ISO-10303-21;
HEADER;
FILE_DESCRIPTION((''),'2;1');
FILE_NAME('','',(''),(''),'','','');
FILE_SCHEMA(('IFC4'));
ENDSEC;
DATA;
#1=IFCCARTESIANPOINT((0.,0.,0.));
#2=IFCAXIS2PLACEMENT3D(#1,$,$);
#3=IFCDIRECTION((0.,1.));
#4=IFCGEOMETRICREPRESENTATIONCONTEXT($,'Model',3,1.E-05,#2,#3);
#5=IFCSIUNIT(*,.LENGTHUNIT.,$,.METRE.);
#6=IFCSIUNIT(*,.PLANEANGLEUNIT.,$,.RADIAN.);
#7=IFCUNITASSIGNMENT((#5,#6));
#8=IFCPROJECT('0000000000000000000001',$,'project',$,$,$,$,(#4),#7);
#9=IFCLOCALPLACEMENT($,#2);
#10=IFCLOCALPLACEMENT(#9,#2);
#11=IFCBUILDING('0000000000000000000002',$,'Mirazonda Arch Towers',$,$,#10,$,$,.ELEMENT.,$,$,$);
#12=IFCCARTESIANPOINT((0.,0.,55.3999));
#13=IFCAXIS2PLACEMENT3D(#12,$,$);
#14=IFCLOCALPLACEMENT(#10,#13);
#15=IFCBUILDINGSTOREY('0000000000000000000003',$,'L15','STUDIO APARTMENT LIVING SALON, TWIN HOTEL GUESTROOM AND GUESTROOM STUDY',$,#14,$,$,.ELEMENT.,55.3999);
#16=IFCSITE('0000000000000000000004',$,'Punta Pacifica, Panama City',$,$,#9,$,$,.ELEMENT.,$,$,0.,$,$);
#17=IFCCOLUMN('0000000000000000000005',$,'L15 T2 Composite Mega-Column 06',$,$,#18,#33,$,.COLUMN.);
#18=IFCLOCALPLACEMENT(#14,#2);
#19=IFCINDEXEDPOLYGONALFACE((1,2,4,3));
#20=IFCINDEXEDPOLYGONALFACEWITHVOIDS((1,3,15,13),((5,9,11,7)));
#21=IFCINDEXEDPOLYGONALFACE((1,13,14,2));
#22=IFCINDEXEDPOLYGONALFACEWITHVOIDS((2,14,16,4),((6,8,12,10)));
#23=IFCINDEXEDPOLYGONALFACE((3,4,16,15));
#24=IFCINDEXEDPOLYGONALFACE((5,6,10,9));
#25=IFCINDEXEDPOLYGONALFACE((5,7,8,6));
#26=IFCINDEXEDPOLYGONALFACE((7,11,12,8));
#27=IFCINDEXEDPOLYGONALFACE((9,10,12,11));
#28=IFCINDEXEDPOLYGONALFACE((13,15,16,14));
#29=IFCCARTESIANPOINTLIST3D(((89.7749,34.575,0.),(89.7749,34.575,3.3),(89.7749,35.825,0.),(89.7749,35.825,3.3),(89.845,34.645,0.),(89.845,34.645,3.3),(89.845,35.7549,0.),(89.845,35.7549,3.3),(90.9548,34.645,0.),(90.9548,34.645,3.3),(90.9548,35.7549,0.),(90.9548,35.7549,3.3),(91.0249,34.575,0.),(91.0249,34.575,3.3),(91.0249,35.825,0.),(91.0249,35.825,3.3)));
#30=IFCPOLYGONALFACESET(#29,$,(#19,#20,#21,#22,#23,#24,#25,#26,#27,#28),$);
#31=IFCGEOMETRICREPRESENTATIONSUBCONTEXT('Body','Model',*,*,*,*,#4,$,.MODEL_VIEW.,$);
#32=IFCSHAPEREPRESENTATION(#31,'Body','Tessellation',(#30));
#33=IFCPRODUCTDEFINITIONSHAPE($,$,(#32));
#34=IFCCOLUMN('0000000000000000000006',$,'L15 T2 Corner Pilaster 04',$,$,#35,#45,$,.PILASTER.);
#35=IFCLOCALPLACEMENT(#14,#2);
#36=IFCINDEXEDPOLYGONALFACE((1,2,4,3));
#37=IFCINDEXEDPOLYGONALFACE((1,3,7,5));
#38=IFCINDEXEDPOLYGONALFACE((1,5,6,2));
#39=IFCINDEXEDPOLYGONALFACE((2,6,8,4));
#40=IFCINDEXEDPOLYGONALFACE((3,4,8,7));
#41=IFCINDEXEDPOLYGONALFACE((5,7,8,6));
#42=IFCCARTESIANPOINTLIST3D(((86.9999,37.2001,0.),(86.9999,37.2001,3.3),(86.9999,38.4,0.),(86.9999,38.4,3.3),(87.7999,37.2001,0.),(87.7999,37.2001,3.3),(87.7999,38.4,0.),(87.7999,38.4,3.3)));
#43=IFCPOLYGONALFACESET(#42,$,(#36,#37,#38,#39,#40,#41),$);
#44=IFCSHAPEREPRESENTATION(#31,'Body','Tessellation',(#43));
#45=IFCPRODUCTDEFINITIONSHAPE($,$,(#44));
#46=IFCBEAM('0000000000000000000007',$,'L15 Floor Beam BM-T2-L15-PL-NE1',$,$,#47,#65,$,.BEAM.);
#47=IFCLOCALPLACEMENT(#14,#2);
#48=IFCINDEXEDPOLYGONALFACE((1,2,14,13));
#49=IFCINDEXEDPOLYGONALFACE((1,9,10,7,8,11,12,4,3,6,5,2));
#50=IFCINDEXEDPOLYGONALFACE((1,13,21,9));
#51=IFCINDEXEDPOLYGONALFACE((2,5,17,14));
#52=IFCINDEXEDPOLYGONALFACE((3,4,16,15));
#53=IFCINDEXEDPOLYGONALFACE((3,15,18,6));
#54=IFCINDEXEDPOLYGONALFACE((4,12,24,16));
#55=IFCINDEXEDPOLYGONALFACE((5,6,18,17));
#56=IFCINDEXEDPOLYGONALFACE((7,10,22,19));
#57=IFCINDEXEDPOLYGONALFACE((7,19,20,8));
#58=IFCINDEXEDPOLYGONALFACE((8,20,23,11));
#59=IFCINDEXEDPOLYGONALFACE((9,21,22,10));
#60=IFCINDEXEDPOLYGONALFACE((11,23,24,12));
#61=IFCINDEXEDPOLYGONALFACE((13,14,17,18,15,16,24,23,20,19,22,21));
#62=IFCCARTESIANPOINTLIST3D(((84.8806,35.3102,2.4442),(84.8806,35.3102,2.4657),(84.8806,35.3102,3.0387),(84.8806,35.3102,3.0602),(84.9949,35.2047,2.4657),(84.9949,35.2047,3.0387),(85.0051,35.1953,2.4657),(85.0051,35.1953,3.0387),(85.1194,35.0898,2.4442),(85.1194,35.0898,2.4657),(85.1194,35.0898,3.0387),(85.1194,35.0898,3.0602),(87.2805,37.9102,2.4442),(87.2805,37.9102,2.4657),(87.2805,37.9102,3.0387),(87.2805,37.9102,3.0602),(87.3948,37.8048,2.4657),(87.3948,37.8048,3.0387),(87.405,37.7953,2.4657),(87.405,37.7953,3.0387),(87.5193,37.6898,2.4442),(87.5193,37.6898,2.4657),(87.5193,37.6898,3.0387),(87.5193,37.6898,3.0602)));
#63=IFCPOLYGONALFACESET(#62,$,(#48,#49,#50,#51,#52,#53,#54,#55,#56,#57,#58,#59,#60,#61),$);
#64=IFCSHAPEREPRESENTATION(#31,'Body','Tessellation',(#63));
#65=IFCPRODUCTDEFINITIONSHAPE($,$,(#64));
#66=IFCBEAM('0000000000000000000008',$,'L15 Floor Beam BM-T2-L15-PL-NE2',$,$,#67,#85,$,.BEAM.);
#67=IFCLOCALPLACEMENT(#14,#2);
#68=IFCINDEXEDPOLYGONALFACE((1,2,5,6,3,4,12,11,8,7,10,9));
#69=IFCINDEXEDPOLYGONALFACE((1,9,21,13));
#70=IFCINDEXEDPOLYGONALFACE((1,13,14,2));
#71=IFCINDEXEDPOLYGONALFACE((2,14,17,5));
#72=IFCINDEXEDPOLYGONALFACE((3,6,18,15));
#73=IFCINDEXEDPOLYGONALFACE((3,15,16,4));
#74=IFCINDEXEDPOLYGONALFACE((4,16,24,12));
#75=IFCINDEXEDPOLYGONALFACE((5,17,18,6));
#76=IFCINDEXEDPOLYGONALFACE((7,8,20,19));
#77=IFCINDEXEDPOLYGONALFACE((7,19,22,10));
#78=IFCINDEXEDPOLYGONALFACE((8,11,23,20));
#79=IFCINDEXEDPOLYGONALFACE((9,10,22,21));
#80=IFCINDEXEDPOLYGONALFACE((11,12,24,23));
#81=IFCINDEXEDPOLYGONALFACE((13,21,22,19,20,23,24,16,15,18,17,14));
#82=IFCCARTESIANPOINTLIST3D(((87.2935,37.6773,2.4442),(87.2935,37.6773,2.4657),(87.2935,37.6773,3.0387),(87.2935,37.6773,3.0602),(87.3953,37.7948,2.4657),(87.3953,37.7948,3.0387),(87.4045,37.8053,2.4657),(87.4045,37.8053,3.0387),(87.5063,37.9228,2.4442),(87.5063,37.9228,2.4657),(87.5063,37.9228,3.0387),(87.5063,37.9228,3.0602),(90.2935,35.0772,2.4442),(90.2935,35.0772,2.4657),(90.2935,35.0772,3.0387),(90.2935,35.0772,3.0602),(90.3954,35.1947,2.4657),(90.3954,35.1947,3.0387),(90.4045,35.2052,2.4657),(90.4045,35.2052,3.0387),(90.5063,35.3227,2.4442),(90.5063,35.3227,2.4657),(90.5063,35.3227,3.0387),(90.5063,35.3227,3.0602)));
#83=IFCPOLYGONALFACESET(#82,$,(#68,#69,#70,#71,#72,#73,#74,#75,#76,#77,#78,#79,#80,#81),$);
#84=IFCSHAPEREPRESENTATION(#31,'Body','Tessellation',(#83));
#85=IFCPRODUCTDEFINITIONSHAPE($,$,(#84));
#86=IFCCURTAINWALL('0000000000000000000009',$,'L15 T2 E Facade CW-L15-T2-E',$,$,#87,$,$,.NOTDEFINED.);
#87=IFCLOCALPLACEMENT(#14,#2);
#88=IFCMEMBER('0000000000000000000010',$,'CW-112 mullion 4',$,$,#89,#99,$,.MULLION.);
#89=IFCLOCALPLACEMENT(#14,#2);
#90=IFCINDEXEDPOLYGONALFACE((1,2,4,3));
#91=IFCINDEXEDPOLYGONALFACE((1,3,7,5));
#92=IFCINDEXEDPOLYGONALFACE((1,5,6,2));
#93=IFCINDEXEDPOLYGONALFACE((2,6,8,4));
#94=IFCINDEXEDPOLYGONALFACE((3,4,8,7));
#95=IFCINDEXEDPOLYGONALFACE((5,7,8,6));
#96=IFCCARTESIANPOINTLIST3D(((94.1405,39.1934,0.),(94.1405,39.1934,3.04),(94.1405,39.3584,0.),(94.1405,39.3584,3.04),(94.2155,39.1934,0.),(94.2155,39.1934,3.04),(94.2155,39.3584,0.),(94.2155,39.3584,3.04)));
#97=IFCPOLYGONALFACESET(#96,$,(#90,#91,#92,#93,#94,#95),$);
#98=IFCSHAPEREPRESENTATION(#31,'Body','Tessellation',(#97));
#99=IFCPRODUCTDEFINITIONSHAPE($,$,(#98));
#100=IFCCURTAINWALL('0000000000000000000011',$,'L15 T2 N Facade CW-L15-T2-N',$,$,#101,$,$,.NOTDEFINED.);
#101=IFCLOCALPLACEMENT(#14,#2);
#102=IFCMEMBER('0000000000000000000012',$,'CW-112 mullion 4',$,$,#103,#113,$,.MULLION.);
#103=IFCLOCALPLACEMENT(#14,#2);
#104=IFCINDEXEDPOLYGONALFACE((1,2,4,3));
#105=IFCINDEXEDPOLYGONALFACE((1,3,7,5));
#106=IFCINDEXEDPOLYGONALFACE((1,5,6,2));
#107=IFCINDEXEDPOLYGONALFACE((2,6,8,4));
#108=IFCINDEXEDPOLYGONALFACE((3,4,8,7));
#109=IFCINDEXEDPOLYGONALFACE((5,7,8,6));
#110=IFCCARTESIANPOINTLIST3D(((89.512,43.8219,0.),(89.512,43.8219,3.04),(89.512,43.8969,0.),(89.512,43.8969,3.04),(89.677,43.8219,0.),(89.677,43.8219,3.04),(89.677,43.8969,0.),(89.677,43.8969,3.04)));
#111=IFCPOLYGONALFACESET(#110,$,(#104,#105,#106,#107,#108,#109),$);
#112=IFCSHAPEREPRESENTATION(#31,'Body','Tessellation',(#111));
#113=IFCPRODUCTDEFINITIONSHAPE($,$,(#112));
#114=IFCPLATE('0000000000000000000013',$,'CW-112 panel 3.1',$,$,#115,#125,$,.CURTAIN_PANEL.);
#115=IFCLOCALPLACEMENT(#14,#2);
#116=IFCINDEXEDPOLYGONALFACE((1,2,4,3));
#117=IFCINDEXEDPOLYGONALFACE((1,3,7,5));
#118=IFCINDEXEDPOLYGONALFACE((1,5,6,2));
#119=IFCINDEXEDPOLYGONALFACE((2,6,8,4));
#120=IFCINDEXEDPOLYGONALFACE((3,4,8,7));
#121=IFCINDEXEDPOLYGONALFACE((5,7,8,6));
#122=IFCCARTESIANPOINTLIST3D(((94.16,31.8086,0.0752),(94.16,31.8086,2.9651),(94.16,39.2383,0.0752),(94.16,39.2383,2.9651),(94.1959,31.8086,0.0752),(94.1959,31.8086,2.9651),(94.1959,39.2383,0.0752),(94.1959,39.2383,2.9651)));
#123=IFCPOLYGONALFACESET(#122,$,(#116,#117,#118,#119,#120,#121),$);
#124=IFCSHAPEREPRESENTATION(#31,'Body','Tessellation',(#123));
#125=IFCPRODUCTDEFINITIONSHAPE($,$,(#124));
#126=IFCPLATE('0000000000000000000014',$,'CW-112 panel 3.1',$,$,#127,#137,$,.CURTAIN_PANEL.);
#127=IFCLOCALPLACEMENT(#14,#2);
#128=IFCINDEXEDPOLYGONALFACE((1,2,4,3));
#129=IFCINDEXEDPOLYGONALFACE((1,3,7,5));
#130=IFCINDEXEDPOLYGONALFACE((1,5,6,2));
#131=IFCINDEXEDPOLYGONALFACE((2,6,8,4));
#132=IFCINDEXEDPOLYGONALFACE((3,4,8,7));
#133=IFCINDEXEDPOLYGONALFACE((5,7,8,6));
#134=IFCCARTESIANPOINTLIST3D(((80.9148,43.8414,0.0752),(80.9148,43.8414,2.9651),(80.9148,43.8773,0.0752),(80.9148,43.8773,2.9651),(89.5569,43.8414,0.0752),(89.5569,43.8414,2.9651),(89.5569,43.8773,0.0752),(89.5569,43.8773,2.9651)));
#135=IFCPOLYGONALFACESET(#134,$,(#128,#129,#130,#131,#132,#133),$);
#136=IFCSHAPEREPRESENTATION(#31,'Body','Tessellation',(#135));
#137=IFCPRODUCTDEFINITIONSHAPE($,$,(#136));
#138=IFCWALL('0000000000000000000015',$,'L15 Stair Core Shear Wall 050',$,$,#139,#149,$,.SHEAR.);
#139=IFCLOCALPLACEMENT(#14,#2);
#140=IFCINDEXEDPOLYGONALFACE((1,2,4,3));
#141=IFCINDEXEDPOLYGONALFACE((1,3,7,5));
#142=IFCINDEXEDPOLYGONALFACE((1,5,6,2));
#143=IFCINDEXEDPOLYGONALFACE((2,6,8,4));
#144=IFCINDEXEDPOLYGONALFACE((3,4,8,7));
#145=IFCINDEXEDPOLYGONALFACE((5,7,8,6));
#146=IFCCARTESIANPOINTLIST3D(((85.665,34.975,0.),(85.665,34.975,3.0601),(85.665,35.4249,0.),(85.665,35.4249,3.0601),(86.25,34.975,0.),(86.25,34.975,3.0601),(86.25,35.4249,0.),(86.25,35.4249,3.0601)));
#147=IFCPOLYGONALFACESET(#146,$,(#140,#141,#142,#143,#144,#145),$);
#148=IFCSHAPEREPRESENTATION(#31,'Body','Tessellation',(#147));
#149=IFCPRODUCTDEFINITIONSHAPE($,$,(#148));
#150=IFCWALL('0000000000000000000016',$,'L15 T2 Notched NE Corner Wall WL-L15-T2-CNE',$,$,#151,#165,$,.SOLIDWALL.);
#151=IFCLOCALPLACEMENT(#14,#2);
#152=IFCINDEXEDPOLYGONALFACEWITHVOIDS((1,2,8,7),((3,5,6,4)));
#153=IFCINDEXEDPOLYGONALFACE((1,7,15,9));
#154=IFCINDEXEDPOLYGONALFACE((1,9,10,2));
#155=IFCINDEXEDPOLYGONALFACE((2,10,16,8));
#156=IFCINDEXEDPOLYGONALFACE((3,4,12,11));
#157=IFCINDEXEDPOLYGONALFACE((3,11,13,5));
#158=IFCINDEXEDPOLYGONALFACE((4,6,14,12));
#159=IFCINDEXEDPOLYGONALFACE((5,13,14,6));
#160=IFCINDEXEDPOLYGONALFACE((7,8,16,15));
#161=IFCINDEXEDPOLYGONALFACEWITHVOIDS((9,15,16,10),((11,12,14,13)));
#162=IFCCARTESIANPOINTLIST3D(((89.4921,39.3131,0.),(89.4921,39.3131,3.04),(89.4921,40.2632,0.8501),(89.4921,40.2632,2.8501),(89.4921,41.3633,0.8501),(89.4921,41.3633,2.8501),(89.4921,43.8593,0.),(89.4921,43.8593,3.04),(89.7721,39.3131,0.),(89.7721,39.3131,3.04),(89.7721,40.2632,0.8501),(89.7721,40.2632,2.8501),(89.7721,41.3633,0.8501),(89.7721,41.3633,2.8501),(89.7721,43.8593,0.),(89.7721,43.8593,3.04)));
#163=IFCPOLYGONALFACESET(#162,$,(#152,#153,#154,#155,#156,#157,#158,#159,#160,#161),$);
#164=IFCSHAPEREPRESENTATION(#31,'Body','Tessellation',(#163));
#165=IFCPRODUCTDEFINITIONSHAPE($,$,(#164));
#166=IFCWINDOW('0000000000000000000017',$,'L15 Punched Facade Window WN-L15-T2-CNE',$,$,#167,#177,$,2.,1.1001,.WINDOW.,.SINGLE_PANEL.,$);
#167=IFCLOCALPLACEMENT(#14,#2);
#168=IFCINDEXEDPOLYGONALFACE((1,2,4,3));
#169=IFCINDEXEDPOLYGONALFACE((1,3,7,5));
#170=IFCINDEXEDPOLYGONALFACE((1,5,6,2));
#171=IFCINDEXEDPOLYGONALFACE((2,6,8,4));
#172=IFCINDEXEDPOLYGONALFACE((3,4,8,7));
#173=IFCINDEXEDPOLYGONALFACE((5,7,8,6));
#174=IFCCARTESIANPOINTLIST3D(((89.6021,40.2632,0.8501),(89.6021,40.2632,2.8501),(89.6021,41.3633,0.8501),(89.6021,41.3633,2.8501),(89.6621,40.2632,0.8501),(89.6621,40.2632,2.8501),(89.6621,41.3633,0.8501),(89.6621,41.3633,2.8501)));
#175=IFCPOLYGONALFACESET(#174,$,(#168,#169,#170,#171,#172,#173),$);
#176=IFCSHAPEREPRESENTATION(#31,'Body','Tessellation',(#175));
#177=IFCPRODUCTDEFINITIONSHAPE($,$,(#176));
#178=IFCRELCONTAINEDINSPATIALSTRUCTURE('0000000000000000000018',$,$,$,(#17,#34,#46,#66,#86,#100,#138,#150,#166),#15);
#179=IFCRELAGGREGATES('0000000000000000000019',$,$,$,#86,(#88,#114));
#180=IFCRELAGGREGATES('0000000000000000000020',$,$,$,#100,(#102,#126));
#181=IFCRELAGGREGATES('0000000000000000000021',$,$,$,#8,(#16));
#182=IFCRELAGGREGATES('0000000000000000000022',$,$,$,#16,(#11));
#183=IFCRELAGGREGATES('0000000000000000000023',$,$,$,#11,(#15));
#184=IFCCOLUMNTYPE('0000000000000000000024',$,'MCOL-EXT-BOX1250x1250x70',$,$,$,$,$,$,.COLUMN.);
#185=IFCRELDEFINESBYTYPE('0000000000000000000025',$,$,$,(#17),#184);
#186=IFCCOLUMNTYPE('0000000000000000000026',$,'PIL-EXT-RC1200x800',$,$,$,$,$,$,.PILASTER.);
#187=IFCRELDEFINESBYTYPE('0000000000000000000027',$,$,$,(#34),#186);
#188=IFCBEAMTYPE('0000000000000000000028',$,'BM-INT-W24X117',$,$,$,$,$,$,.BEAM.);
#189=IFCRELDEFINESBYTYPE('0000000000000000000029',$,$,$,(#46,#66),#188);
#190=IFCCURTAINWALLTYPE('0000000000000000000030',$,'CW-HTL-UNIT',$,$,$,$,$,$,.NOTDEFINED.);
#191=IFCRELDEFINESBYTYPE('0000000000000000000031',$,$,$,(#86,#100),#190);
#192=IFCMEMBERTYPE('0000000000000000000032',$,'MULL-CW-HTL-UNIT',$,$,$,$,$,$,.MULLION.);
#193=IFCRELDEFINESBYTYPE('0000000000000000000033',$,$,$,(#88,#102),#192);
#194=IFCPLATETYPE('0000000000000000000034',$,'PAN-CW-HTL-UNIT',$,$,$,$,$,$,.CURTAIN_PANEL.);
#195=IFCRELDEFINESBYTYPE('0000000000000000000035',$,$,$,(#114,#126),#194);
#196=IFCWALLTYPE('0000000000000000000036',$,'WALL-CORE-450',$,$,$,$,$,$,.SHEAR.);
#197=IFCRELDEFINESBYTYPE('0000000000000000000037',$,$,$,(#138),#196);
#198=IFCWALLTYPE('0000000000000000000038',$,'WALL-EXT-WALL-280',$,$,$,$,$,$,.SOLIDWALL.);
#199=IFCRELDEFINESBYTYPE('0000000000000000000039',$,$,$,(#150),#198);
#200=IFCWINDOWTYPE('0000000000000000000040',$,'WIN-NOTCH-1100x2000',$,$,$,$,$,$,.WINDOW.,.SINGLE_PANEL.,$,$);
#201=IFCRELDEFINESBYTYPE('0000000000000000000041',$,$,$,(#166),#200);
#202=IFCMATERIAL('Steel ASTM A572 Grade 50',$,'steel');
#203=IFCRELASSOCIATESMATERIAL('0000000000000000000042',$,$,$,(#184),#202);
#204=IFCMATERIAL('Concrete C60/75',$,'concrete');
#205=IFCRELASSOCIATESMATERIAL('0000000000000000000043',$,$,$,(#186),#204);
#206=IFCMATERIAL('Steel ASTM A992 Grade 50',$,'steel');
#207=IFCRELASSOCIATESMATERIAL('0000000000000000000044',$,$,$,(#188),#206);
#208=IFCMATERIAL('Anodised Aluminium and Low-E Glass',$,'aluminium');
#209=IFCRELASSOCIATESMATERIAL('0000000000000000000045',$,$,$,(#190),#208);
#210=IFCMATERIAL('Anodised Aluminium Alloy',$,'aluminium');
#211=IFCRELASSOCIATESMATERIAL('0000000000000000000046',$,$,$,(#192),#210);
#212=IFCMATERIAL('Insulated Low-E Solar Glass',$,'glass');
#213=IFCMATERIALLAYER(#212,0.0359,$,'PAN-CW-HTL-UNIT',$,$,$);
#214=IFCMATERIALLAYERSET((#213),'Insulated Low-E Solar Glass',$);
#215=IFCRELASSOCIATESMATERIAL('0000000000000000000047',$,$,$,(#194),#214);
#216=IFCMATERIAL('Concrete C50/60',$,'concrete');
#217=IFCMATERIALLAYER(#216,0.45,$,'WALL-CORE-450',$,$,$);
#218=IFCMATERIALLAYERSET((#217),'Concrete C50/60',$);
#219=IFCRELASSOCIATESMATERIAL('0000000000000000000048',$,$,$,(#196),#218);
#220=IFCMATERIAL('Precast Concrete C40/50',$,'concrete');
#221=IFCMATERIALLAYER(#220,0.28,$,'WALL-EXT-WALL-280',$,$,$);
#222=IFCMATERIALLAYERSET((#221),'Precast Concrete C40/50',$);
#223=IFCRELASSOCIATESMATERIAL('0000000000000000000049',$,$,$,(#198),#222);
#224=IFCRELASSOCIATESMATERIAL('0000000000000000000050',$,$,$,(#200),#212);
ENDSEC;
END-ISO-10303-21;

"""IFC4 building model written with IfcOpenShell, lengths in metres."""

from ifc_helpers import new_model, si_unit, direction, frame, frame_2d, origin, origin_2d, place, context, subcontext, project, spatial, rectangle, hollow_rectangle, i_section, extrude, material, layer, layer_set, material_profile, profile_set, type_object, element, fill, aggregate, save


model = new_model("IFC4")

# Units and contexts
model_context = context("Model", 3, precision=1e-05, world=origin(), true_north=direction((0.0, 1.0)))
body_context = subcontext(model_context, "Body", "Model", "MODEL_VIEW")
ifc_project = project(units=[si_unit("LENGTHUNIT", "METRE"), si_unit("PLANEANGLEUNIT", "RADIAN")], contexts=[model_context])

# Site, building, storey
site_placement = place(None, origin())
site = spatial("IfcSite", under=ifc_project, at=site_placement, Name="Punta Pacifica, Panama City", CompositionType="ELEMENT", RefElevation=0.0)
building_placement = place(site_placement, origin())
building = spatial("IfcBuilding", under=site, at=building_placement, Name="Mirazonda Arch Towers", CompositionType="ELEMENT")
storey_placement = place(building_placement, frame((0.0, 0.0, 55.3999)))
storey = spatial("IfcBuildingStorey", under=building, at=storey_placement, Name="L15", Description="STUDIO APARTMENT LIVING SALON, TWIN HOTEL GUESTROOM AND GUESTROOM STUDY", CompositionType="ELEMENT", Elevation=55.3999)

# Columns
ifc_material_1 = material(Name="Steel ASTM A572 Grade 50", Category="steel")
ifc_material_profile_1 = material_profile(ifc_material_1, hollow_rectangle(XDim=1.25, YDim=1.25, WallThickness=0.0701, at=origin_2d()), Name="BOX1250x1250x70")
ifc_profile_set_1 = profile_set([ifc_material_profile_1], Name="Steel ASTM A572 Grade 50")
column_type_1 = type_object("IfcColumnType", Name="MCOL-EXT-BOX1250x1250x70", PredefinedType="COLUMN", material=ifc_profile_set_1)
column_1_placement = place(storey_placement, frame((90.3999, 35.2, 0.0), z_axis=(0.0, 0.0, 1.0), x_axis=(1.0, 0.0, 0.0)))
element("IfcColumn", 1, at=column_1_placement, inside=storey, type_object=column_type_1, Name="L15 T2 Composite Mega-Column 06", PredefinedType="COLUMN", context=body_context, shape_type="SweptSolid", body=[
    extrude(hollow_rectangle(XDim=1.25, YDim=1.25, WallThickness=0.0701, at=origin_2d()), origin(), (0.0, 0.0, 1.0), 3.3),
])
ifc_material_2 = material(Name="Concrete C60/75", Category="concrete")
ifc_material_profile_2 = material_profile(ifc_material_2, rectangle(XDim=0.8, YDim=1.2, at=origin_2d()), Name="RC1200x800")
ifc_profile_set_2 = profile_set([ifc_material_profile_2], Name="Concrete C60/75")
column_type_2 = type_object("IfcColumnType", Name="PIL-EXT-RC1200x800", PredefinedType="PILASTER", material=ifc_profile_set_2)
column_2_placement = place(storey_placement, frame((87.3999, 37.8, 0.0), z_axis=(0.0, 0.0, 1.0), x_axis=(1.0, 0.0, 0.0)))
element("IfcColumn", 2, at=column_2_placement, inside=storey, type_object=column_type_2, Name="L15 T2 Corner Pilaster 04", PredefinedType="PILASTER", context=body_context, shape_type="SweptSolid", body=[
    extrude(rectangle(XDim=0.8, YDim=1.2, at=origin_2d()), origin(), (0.0, 0.0, 1.0), 3.3),
])

# Beams
ifc_material_3 = material(Name="Steel ASTM A992 Grade 50", Category="steel")
ifc_material_profile_3 = material_profile(ifc_material_3, i_section(OverallWidth=0.325, OverallDepth=0.616, WebThickness=0.0139, FlangeThickness=0.0215, at=origin_2d()), Name="W24X117")
ifc_profile_set_3 = profile_set([ifc_material_profile_3], Name="Steel ASTM A992 Grade 50")
beam_type = type_object("IfcBeamType", Name="BM-INT-W24X117", PredefinedType="BEAM", material=ifc_profile_set_3)
beam_1_placement = place(storey_placement, frame((87.3999, 37.8, 2.7522), z_axis=(-0.678251, -0.73483, 0.0), x_axis=(0.73483, -0.678251, 0.0)))
element("IfcBeam", 3, at=beam_1_placement, inside=storey, type_object=beam_type, Name="L15 Floor Beam BM-T2-L15-PL-NE1", PredefinedType="BEAM", context=body_context, shape_type="SweptSolid", body=[
    extrude(i_section(OverallWidth=0.325, OverallDepth=0.616, WebThickness=0.0139, FlangeThickness=0.0215, at=origin_2d()), origin(), (0.0, 0.0, 1.0), 3.5383),
])
beam_2_placement = place(storey_placement, frame((87.3999, 37.8, 2.7522), z_axis=(0.755677, -0.654945, 0.0), x_axis=(0.654945, 0.755677, 0.0)))
element("IfcBeam", 4, at=beam_2_placement, inside=storey, type_object=beam_type, Name="L15 Floor Beam BM-T2-L15-PL-NE2", PredefinedType="BEAM", context=body_context, shape_type="SweptSolid", body=[
    extrude(i_section(OverallWidth=0.325, OverallDepth=0.616, WebThickness=0.0139, FlangeThickness=0.0215, at=origin_2d()), origin(), (0.0, 0.0, 1.0), 3.97),
])

# Curtain walls, members
ifc_material_4 = material(Name="Anodised Aluminium and Low-E Glass", Category="aluminium")
curtain_wall_type = type_object("IfcCurtainWallType", Name="CW-HTL-UNIT", PredefinedType="NOTDEFINED", material=ifc_material_4)
curtain_wall_1_placement = place(storey_placement, origin())
curtain_wall_1 = element("IfcCurtainWall", 5, at=curtain_wall_1_placement, inside=storey, type_object=curtain_wall_type, Name="L15 T2 E Facade CW-L15-T2-E", PredefinedType="NOTDEFINED")
ifc_material_5 = material(Name="Anodised Aluminium Alloy", Category="aluminium")
ifc_material_profile_4 = material_profile(ifc_material_5, rectangle(XDim=0.075, YDim=0.165, at=origin_2d()), Name="ALU-MULL-75x165")
ifc_profile_set_4 = profile_set([ifc_material_profile_4], Name="Anodised Aluminium Alloy")
member_type = type_object("IfcMemberType", Name="MULL-CW-HTL-UNIT", PredefinedType="MULLION", material=ifc_profile_set_4)
member_1_placement = place(storey_placement, frame((94.178, 39.2759, 0.0), z_axis=(0.0, 0.0, 1.0), x_axis=(-1.0, 0.0, 0.0)))
member_1 = element("IfcMember", 6, at=member_1_placement, type_object=member_type, Name="CW-112 mullion 4", PredefinedType="MULLION", context=body_context, shape_type="SweptSolid", body=[
    extrude(rectangle(XDim=0.075, YDim=0.165, at=origin_2d()), origin(), (0.0, 0.0, 1.0), 3.04),
])
curtain_wall_2_placement = place(storey_placement, origin())
curtain_wall_2 = element("IfcCurtainWall", 7, at=curtain_wall_2_placement, inside=storey, type_object=curtain_wall_type, Name="L15 T2 N Facade CW-L15-T2-N", PredefinedType="NOTDEFINED")
member_2_placement = place(storey_placement, frame((89.5945, 43.8594, 0.0), z_axis=(0.0, 0.0, 1.0), x_axis=(0.0, 1.0, 0.0)))
member_2 = element("IfcMember", 8, at=member_2_placement, type_object=member_type, Name="CW-112 mullion 4", PredefinedType="MULLION", context=body_context, shape_type="SweptSolid", body=[
    extrude(rectangle(XDim=0.075, YDim=0.165, at=origin_2d()), origin(), (0.0, 0.0, 1.0), 3.04),
])

# Plates
ifc_material_6 = material(Name="Insulated Low-E Solar Glass", Category="glass")
ifc_layer_1 = layer(ifc_material_6, 0.0359, Name="PAN-CW-HTL-UNIT")
ifc_layer_set_1 = layer_set([ifc_layer_1], Name="Insulated Low-E Solar Glass")
plate_type = type_object("IfcPlateType", Name="PAN-CW-HTL-UNIT", PredefinedType="CURTAIN_PANEL", material=ifc_layer_set_1)
plate_1_placement = place(storey_placement, frame((94.178, 35.5234, 0.0752), z_axis=(0.0, 0.0, 1.0), x_axis=(0.0, 1.0, 0.0)))
plate_1 = element("IfcPlate", 9, at=plate_1_placement, type_object=plate_type, Name="CW-112 panel 3.1", PredefinedType="CURTAIN_PANEL", context=body_context, shape_type="SweptSolid", body=[
    extrude(rectangle(XDim=7.4297, YDim=0.0359, at=origin_2d()), origin(), (0.0, 0.0, 1.0), 2.8899),
])
aggregate(curtain_wall_1, [member_1, plate_1])
plate_2_placement = place(storey_placement, frame((85.2358, 43.8594, 0.0752), z_axis=(0.0, 0.0, 1.0), x_axis=(1.0, 0.0, 0.0)))
plate_2 = element("IfcPlate", 10, at=plate_2_placement, type_object=plate_type, Name="CW-112 panel 3.1", PredefinedType="CURTAIN_PANEL", context=body_context, shape_type="SweptSolid", body=[
    extrude(rectangle(XDim=8.6421, YDim=0.0359, at=origin_2d()), origin(), (0.0, 0.0, 1.0), 2.8899),
])
aggregate(curtain_wall_2, [member_2, plate_2])

# Wall
ifc_material_7 = material(Name="Concrete C50/60", Category="concrete")
ifc_layer_2 = layer(ifc_material_7, 0.45, Name="WALL-CORE-450")
ifc_layer_set_2 = layer_set([ifc_layer_2], Name="Concrete C50/60")
wall_type_1 = type_object("IfcWallType", Name="WALL-CORE-450", PredefinedType="SHEAR", material=ifc_layer_set_2)
wall_1_placement = place(storey_placement, frame((85.665, 35.2, 0.0), z_axis=(0.0, 0.0, 1.0), x_axis=(1.0, 0.0, 0.0)))
element("IfcWall", 11, at=wall_1_placement, inside=storey, type_object=wall_type_1, Name="L15 Stair Core Shear Wall 050", PredefinedType="SHEAR", context=body_context, shape_type="SweptSolid", body=[
    extrude(rectangle(XDim=0.585, YDim=0.45, at=frame_2d((0.2925, 0.0))), origin(), (0.0, 0.0, 1.0), 3.0601),
])

# Wall, opening, window
ifc_material_8 = material(Name="Precast Concrete C40/50", Category="concrete")
ifc_layer_3 = layer(ifc_material_8, 0.28, Name="WALL-EXT-WALL-280")
ifc_layer_set_3 = layer_set([ifc_layer_3], Name="Precast Concrete C40/50")
wall_type_2 = type_object("IfcWallType", Name="WALL-EXT-WALL-280", PredefinedType="SOLIDWALL", material=ifc_layer_set_3)
wall_2_placement = place(storey_placement, frame((89.6321, 39.3132, 0.0), z_axis=(0.0, 0.0, 1.0), x_axis=(0.0, 1.0, 0.0)))
wall_2 = element("IfcWall", 12, at=wall_2_placement, inside=storey, type_object=wall_type_2, Name="L15 T2 Notched NE Corner Wall WL-L15-T2-CNE", PredefinedType="SOLIDWALL", context=body_context, shape_type="SweptSolid", body=[
    extrude(rectangle(XDim=4.5461, YDim=0.28, at=frame_2d((2.2729, 0.0))), origin(), (0.0, 0.0, 1.0), 3.04),
])
opening_1_placement = place(wall_2_placement, frame((0.95, 0.0, 0.8501)))
opening_1 = element("IfcOpeningElement", 13, at=opening_1_placement, cuts=wall_2, PredefinedType="OPENING", context=body_context, shape_type="SweptSolid", body=[
    extrude(rectangle(XDim=1.1001, YDim=2.0, at=frame_2d((0.55, 1.0))), frame((0.0, 0.1499, 0.0), z_axis=(0.0, -1.0, 0.0), x_axis=(1.0, 0.0, 0.0)), (0.0, 0.0, 1.0), 0.3),
])
window_type = type_object("IfcWindowType", Name="WIN-NOTCH-1100x2000", PartitioningType="SINGLE_PANEL", PredefinedType="WINDOW", material=ifc_material_6)
window_1_placement = place(opening_1_placement, origin())
window_1 = element("IfcWindow", 14, at=window_1_placement, inside=storey, type_object=window_type, Name="L15 Punched Facade Window WN-L15-T2-CNE", OverallHeight=2.0, OverallWidth=1.1001, PartitioningType="SINGLE_PANEL", PredefinedType="WINDOW", context=body_context, shape_type="SweptSolid", body=[
    extrude(rectangle(XDim=1.1001, YDim=2.0, at=frame_2d((0.55, 1.0))), frame((0.0, 0.03, 0.0), z_axis=(0.0, -1.0, 0.0), x_axis=(1.0, 0.0, 0.0)), (0.0, 0.0, 1.0), 0.0601),
])
fill(opening_1, window_1)

save(model, "model.ifc")
